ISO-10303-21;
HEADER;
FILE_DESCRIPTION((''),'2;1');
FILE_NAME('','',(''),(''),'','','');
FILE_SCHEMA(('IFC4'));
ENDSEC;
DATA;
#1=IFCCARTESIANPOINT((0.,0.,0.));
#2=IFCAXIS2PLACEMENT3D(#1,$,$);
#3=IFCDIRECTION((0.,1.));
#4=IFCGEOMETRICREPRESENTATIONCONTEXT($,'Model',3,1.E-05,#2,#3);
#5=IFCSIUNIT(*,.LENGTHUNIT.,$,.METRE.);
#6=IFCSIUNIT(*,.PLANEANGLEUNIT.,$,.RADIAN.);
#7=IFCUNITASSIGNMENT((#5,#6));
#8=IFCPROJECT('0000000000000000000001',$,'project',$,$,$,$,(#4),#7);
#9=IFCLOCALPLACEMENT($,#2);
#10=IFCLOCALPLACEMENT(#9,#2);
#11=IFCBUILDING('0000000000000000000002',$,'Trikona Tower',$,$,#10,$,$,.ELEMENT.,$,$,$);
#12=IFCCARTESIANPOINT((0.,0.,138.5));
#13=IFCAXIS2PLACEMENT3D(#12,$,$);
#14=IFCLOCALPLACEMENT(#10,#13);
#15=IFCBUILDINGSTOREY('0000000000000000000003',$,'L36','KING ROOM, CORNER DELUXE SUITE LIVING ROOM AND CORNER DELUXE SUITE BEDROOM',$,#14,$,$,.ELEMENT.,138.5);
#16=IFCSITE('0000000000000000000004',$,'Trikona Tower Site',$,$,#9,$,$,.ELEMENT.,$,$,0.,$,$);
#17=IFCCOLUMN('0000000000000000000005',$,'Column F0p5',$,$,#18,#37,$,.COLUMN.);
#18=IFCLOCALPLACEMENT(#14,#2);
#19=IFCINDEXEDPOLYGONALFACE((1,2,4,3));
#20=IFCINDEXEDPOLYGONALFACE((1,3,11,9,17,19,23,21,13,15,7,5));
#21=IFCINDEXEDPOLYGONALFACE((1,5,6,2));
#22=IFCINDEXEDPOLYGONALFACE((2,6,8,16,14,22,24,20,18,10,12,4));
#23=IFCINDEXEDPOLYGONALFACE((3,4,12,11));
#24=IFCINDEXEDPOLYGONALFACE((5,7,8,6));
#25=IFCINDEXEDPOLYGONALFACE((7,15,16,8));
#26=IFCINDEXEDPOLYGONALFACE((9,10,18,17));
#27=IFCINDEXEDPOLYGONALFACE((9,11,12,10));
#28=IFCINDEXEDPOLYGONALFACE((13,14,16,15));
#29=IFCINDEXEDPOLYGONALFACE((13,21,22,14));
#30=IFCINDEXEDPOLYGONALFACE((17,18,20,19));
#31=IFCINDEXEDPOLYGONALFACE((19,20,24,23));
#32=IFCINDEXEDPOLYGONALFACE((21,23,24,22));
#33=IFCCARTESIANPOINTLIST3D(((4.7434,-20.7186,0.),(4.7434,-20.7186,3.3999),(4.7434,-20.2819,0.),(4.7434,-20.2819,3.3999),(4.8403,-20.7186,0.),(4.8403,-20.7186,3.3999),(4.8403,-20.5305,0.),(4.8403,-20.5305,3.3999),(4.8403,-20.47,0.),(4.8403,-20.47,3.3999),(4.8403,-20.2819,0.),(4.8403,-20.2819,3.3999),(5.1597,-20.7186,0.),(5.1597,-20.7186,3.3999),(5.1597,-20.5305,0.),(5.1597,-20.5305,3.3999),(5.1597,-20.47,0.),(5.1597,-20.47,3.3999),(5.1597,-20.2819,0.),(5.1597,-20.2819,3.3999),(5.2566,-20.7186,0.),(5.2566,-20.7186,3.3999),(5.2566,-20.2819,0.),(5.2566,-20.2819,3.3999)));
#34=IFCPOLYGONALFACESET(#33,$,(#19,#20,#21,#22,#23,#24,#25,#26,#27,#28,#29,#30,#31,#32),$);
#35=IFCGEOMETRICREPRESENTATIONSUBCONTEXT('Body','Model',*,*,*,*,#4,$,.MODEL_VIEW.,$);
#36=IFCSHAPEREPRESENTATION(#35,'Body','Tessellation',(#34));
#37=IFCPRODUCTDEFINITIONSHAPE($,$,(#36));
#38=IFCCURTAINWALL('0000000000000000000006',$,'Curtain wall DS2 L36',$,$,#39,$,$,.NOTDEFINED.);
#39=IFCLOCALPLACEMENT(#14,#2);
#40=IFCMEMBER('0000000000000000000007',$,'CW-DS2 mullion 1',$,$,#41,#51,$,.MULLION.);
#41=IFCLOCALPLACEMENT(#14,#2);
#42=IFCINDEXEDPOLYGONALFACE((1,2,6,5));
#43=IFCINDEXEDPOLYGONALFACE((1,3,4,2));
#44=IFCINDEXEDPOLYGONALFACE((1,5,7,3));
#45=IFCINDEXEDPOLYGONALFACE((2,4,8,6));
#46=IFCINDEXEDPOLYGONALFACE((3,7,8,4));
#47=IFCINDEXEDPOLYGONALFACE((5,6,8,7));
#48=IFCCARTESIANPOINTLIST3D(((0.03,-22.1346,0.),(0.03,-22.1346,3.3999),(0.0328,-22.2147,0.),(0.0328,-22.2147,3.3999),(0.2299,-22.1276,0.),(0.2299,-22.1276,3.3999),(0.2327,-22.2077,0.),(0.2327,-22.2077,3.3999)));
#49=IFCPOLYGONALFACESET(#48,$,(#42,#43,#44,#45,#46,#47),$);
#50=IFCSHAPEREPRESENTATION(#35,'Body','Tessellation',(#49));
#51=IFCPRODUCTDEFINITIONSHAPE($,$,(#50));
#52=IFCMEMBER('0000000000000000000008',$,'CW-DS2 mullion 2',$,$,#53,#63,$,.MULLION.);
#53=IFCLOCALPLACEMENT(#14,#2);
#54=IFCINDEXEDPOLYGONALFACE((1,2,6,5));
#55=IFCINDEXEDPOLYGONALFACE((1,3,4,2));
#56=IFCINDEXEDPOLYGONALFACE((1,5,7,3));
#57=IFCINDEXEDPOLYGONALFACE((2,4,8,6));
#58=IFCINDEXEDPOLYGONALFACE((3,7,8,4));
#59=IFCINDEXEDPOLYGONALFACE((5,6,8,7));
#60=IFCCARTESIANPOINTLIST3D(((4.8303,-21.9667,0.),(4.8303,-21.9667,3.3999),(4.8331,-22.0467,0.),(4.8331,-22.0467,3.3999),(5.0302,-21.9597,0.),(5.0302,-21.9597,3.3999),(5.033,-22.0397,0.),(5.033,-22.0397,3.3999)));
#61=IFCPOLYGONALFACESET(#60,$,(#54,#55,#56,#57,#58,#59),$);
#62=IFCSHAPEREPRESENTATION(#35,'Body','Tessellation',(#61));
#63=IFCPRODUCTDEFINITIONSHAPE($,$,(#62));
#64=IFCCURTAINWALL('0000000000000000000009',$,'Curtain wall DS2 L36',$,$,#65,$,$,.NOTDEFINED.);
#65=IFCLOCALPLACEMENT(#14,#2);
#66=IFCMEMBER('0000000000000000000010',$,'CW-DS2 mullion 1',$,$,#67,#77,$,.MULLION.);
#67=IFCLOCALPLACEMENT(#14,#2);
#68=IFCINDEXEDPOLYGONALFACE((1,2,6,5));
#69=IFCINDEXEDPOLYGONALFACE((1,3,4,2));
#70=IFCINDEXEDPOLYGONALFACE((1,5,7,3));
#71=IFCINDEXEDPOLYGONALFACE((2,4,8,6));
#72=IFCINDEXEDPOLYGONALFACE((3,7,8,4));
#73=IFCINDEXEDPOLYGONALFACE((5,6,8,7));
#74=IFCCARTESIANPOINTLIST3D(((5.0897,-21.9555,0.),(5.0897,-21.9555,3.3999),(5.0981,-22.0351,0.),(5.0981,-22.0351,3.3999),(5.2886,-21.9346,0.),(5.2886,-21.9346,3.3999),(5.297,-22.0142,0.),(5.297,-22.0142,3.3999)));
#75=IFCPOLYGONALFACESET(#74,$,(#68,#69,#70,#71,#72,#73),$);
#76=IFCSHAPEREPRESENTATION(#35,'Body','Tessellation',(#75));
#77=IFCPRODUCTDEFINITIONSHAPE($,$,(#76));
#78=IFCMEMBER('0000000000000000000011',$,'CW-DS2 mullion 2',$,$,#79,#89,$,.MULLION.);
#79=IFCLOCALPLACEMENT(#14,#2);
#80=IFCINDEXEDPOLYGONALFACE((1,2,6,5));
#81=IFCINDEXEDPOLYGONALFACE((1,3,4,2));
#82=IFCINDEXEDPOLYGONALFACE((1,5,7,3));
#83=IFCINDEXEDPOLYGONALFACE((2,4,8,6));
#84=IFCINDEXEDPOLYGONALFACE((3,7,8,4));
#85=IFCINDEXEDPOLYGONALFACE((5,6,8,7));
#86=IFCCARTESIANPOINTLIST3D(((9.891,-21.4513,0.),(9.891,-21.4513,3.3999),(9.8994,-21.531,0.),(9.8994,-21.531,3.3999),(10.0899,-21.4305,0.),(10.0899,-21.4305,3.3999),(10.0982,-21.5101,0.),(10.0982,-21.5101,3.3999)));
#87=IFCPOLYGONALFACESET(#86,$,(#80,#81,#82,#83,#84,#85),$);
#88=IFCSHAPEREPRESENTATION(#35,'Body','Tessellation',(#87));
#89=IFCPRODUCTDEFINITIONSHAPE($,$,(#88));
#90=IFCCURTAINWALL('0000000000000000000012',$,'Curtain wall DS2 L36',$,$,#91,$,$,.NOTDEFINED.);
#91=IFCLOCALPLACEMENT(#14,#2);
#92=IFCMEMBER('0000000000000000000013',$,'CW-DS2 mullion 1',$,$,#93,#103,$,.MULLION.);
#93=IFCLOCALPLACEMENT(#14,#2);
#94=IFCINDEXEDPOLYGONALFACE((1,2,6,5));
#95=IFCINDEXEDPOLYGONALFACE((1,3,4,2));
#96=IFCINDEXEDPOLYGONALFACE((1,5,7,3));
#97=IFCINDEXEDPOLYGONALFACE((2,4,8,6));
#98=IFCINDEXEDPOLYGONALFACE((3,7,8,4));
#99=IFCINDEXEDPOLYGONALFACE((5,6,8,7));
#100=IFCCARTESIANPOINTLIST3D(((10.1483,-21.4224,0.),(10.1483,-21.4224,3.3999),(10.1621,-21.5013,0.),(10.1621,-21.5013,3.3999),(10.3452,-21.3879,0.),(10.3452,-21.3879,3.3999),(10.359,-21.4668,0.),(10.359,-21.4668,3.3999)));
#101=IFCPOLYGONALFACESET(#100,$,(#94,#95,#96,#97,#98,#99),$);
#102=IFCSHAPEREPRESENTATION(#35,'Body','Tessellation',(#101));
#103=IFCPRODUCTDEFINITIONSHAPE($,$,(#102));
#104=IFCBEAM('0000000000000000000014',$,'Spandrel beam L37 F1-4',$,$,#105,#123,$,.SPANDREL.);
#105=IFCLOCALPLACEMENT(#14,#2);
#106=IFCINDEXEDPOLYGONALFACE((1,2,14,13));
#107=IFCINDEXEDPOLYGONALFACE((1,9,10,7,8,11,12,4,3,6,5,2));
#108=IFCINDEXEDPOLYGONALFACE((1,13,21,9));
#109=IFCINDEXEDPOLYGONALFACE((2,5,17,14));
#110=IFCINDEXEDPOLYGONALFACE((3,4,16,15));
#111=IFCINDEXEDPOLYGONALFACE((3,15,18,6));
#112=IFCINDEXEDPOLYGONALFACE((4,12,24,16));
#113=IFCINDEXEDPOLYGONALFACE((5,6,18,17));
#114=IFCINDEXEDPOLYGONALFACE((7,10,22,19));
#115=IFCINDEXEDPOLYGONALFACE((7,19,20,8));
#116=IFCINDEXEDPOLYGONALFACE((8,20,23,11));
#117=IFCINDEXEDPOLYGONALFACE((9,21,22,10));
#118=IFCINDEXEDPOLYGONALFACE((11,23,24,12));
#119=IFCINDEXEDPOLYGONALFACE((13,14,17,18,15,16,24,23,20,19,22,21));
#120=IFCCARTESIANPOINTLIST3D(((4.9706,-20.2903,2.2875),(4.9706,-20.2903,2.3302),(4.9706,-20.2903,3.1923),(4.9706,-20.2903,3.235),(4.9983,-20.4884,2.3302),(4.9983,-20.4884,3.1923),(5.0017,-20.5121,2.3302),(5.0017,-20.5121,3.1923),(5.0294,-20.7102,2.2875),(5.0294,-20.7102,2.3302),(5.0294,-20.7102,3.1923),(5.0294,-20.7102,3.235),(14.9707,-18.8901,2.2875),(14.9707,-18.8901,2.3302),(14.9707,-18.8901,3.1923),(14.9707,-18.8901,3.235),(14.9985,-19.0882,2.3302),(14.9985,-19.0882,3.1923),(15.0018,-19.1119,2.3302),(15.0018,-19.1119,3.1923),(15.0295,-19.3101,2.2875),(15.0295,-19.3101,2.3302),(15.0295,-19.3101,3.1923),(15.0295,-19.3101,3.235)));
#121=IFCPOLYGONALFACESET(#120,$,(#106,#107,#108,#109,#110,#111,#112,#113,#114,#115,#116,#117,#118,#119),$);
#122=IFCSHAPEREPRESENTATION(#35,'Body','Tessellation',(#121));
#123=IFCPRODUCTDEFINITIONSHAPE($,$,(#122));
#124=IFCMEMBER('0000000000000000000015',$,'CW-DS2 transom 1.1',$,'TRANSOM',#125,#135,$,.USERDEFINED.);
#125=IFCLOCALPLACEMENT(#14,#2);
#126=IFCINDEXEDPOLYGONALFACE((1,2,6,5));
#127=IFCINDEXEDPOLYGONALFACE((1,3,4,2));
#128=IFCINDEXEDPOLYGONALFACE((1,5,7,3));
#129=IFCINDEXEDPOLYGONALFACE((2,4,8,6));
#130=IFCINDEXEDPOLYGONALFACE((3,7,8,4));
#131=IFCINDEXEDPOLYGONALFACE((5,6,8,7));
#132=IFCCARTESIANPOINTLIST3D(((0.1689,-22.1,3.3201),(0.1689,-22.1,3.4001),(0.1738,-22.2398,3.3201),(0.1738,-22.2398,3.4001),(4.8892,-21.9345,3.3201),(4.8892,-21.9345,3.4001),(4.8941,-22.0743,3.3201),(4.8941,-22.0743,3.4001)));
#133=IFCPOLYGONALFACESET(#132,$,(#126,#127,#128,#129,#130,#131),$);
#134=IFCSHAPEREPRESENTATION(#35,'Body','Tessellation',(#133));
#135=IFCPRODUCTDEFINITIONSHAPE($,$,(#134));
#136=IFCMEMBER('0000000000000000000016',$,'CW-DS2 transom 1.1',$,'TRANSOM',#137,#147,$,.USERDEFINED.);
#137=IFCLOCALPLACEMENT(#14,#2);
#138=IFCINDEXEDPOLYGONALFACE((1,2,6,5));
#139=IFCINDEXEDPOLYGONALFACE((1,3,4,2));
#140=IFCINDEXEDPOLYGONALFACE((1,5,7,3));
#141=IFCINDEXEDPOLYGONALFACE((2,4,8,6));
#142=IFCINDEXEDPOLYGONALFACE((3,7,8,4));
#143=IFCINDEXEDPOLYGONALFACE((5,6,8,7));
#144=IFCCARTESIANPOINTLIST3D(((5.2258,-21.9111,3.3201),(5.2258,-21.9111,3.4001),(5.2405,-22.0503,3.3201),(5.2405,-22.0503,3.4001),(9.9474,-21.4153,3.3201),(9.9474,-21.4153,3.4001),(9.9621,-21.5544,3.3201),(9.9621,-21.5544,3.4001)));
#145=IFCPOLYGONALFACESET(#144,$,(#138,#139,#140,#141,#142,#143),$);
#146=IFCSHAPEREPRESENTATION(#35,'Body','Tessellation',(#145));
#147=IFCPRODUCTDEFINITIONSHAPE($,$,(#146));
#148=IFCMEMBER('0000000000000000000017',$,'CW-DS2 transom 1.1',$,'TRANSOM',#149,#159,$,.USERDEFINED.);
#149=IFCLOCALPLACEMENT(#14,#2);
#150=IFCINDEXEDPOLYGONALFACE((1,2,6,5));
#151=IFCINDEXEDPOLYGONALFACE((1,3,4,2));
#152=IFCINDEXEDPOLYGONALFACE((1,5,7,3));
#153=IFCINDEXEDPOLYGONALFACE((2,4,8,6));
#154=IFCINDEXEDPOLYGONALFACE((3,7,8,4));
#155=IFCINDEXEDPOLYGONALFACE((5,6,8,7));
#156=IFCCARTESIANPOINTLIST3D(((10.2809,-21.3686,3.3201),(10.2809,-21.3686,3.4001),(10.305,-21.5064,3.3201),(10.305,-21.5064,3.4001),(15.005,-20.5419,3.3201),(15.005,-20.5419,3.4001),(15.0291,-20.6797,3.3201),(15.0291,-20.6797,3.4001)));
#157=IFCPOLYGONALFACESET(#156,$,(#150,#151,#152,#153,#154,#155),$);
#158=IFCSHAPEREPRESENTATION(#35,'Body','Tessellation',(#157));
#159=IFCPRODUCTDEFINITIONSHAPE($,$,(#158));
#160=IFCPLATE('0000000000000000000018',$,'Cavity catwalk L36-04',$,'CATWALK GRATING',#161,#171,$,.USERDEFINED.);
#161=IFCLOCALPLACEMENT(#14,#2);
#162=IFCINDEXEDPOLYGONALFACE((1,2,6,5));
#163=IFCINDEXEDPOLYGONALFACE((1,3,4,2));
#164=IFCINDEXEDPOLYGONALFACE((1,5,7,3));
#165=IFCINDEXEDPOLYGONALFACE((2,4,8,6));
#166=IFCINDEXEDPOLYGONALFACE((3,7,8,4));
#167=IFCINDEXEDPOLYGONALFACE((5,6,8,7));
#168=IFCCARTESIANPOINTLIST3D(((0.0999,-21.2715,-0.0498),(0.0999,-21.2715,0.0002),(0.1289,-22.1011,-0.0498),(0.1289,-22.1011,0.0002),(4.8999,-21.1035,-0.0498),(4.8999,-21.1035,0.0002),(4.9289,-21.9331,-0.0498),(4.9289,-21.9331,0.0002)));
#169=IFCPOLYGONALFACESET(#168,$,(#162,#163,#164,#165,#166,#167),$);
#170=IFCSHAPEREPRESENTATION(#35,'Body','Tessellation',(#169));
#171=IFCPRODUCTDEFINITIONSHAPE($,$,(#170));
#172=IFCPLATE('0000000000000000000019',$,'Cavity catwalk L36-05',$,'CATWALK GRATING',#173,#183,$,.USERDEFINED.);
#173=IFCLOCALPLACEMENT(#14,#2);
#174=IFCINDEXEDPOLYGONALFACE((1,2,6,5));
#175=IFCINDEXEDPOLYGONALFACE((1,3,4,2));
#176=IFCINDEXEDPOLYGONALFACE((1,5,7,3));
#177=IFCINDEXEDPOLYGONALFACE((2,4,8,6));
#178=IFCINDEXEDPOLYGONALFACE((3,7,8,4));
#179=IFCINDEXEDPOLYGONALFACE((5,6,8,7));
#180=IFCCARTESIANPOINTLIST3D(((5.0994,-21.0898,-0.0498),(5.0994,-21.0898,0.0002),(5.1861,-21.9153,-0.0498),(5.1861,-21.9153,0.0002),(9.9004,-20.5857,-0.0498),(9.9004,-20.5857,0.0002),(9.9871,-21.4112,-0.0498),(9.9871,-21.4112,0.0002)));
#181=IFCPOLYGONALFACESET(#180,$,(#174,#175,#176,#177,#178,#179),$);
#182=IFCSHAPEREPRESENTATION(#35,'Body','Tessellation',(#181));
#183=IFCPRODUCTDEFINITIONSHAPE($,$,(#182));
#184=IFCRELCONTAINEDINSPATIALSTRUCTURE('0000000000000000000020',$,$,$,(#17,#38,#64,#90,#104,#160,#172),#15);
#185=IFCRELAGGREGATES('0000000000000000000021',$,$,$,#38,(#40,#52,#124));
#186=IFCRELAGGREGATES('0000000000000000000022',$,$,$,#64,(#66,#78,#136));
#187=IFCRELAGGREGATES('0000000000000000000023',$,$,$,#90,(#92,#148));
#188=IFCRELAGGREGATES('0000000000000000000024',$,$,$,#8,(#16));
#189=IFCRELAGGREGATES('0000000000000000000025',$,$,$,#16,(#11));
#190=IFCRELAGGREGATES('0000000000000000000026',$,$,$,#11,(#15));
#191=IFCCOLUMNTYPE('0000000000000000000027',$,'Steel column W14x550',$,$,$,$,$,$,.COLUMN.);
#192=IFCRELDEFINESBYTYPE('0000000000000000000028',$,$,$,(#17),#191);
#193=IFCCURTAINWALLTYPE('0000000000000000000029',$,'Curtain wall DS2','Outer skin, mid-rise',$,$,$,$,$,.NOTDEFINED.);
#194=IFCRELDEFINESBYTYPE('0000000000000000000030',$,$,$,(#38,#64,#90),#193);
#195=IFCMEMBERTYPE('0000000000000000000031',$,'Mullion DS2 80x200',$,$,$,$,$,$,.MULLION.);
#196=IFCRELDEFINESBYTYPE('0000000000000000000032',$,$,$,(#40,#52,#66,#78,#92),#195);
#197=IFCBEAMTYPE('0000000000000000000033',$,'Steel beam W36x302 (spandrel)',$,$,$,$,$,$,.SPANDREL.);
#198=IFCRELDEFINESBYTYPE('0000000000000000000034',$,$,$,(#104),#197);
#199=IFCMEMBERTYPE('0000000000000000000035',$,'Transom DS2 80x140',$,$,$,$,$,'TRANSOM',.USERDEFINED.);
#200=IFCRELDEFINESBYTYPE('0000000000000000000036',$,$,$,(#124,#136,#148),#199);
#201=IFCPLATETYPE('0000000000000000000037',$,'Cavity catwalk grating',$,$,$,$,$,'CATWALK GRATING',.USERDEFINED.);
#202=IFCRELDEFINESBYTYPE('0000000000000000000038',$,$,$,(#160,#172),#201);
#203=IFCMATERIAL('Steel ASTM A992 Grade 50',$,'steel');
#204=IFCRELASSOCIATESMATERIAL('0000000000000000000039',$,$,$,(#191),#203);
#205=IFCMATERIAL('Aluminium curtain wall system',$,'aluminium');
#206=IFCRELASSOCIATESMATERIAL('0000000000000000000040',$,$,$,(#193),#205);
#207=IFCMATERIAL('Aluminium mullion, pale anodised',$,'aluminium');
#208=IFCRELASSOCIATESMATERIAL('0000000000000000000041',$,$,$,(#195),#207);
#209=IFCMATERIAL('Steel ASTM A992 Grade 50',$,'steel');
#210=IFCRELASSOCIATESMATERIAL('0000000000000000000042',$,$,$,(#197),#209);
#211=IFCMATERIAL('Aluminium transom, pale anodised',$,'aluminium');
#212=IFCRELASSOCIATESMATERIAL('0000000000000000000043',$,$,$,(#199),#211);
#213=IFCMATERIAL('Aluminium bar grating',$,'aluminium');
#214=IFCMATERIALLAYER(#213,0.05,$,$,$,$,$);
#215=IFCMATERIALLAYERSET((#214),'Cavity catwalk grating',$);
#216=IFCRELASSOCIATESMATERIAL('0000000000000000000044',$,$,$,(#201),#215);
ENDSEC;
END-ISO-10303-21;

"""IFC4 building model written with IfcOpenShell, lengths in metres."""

from ifc_helpers import new_model, si_unit, direction, frame, origin, origin_2d, place, context, subcontext, project, spatial, rectangle, i_section, extrude, material, layer, layer_set, material_profile, profile_set, type_object, element, aggregate, save


model = new_model("IFC4")

# Units and contexts
model_context = context("Model", 3, precision=1e-05, world=origin(), true_north=direction((0.0, 1.0)))
body_context = subcontext(model_context, "Body", "Model", "MODEL_VIEW")
ifc_project = project(units=[si_unit("LENGTHUNIT", "METRE"), si_unit("PLANEANGLEUNIT", "RADIAN")], contexts=[model_context])

# Site, building, storey
site_placement = place(None, origin())
site = spatial("IfcSite", under=ifc_project, at=site_placement, Name="Trikona Tower Site", CompositionType="ELEMENT", RefElevation=0.0)
building_placement = place(site_placement, origin())
building = spatial("IfcBuilding", under=site, at=building_placement, Name="Trikona Tower", CompositionType="ELEMENT")
storey_placement = place(building_placement, frame((0.0, 0.0, 138.5)))
storey = spatial("IfcBuildingStorey", under=building, at=storey_placement, Name="L36", Description="KING ROOM, CORNER DELUXE SUITE LIVING ROOM AND CORNER DELUXE SUITE BEDROOM", CompositionType="ELEMENT", Elevation=138.5)

# Column
ifc_material_1 = material(Name="Steel ASTM A992 Grade 50", Category="steel")
ifc_material_profile_1 = material_profile(ifc_material_1, i_section(OverallWidth=0.4368, OverallDepth=0.5132, WebThickness=0.0605, FlangeThickness=0.0969, at=origin_2d()), Name="W14X550")
ifc_profile_set_1 = profile_set([ifc_material_profile_1], Name="Steel ASTM A992 Grade 50")
column_type = type_object("IfcColumnType", Name="Steel column W14x550", PredefinedType="COLUMN", material=ifc_profile_set_1)
column_placement = place(storey_placement, frame((5.0, -20.5002, 0.0), z_axis=(0.0, 0.0, 1.0), x_axis=(0.0, -1.0, 0.0)))
element("IfcColumn", 1, at=column_placement, inside=storey, type_object=column_type, Name="Column F0p5", PredefinedType="COLUMN", context=body_context, shape_type="SweptSolid", body=[
    extrude(i_section(OverallWidth=0.4368, OverallDepth=0.5132, WebThickness=0.0605, FlangeThickness=0.0969, at=origin_2d()), origin(), (0.0, 0.0, 1.0), 3.3999),
])

# Curtain walls, members
ifc_material_2 = material(Name="Aluminium curtain wall system", Category="aluminium")
curtain_wall_type = type_object("IfcCurtainWallType", Name="Curtain wall DS2", Description="Outer skin, mid-rise", PredefinedType="NOTDEFINED", material=ifc_material_2)
curtain_wall_1_placement = place(storey_placement, origin())
curtain_wall_1 = element("IfcCurtainWall", 2, at=curtain_wall_1_placement, inside=storey, type_object=curtain_wall_type, Name="Curtain wall DS2 L36", PredefinedType="NOTDEFINED")
ifc_material_3 = material(Name="Aluminium mullion, pale anodised", Category="aluminium")
ifc_material_profile_2 = material_profile(ifc_material_3, rectangle(XDim=0.0801, YDim=0.2, at=origin_2d()), Name="MUL-DS2")
ifc_profile_set_2 = profile_set([ifc_material_profile_2], Name="Aluminium mullion, pale anodised")
member_type_1 = type_object("IfcMemberType", Name="Mullion DS2 80x200", PredefinedType="MULLION", material=ifc_profile_set_2)
member_1_placement = place(storey_placement, frame((0.1313, -22.1711, 0.0), z_axis=(0.0, 0.0, 1.0), x_axis=(-0.034998, 0.999387, 0.0)))
member_1 = element("IfcMember", 3, at=member_1_placement, type_object=member_type_1, Name="CW-DS2 mullion 1", PredefinedType="MULLION", context=body_context, shape_type="SweptSolid", body=[
    extrude(rectangle(XDim=0.0801, YDim=0.2, at=origin_2d()), origin(), (0.0, 0.0, 1.0), 3.3999),
])
member_2_placement = place(storey_placement, frame((4.9316, -22.0032, 0.0), z_axis=(0.0, 0.0, 1.0), x_axis=(-0.034998, 0.999387, 0.0)))
member_2 = element("IfcMember", 4, at=member_2_placement, type_object=member_type_1, Name="CW-DS2 mullion 2", PredefinedType="MULLION", context=body_context, shape_type="SweptSolid", body=[
    extrude(rectangle(XDim=0.0801, YDim=0.2, at=origin_2d()), origin(), (0.0, 0.0, 1.0), 3.3999),
])
curtain_wall_2_placement = place(storey_placement, origin())
curtain_wall_2 = element("IfcCurtainWall", 5, at=curtain_wall_2_placement, inside=storey, type_object=curtain_wall_type, Name="Curtain wall DS2 L36", PredefinedType="NOTDEFINED")
member_3_placement = place(storey_placement, frame((5.1934, -21.9849, 0.0), z_axis=(0.0, 0.0, 1.0), x_axis=(-0.104433, 0.994532, 0.0)))
member_3 = element("IfcMember", 6, at=member_3_placement, type_object=member_type_1, Name="CW-DS2 mullion 1", PredefinedType="MULLION", context=body_context, shape_type="SweptSolid", body=[
    extrude(rectangle(XDim=0.0801, YDim=0.2, at=origin_2d()), origin(), (0.0, 0.0, 1.0), 3.3999),
])
member_4_placement = place(storey_placement, frame((9.9946, -21.4807, 0.0), z_axis=(0.0, 0.0, 1.0), x_axis=(-0.104433, 0.994532, 0.0)))
member_4 = element("IfcMember", 7, at=member_4_placement, type_object=member_type_1, Name="CW-DS2 mullion 2", PredefinedType="MULLION", context=body_context, shape_type="SweptSolid", body=[
    extrude(rectangle(XDim=0.0801, YDim=0.2, at=origin_2d()), origin(), (0.0, 0.0, 1.0), 3.3999),
])

# Curtain wall, member
curtain_wall_3_placement = place(storey_placement, origin())
curtain_wall_3 = element("IfcCurtainWall", 8, at=curtain_wall_3_placement, inside=storey, type_object=curtain_wall_type, Name="Curtain wall DS2 L36", PredefinedType="NOTDEFINED")
member_5_placement = place(storey_placement, frame((10.2537, -21.4446, 0.0), z_axis=(0.0, 0.0, 1.0), x_axis=(-0.172377, 0.985031, 0.0)))
member_5 = element("IfcMember", 9, at=member_5_placement, type_object=member_type_1, Name="CW-DS2 mullion 1", PredefinedType="MULLION", context=body_context, shape_type="SweptSolid", body=[
    extrude(rectangle(XDim=0.0801, YDim=0.2, at=origin_2d()), origin(), (0.0, 0.0, 1.0), 3.3999),
])

# Beam
ifc_material_4 = material(Name="Steel ASTM A992 Grade 50", Category="steel")
ifc_material_profile_3 = material_profile(ifc_material_4, i_section(OverallWidth=0.4241, OverallDepth=0.9475, WebThickness=0.0239, FlangeThickness=0.0427, at=origin_2d()), Name="W36X302")
ifc_profile_set_3 = profile_set([ifc_material_profile_3], Name="Steel ASTM A992 Grade 50")
beam_type = type_object("IfcBeamType", Name="Steel beam W36x302 (spandrel)", PredefinedType="SPANDREL", material=ifc_profile_set_3)
beam_placement = place(storey_placement, frame((5.0, -20.5002, 2.7612), z_axis=(0.99034, 0.138662, 0.0), x_axis=(-0.138662, 0.99034, 0.0)))
element("IfcBeam", 10, at=beam_placement, inside=storey, type_object=beam_type, Name="Spandrel beam L37 F1-4", PredefinedType="SPANDREL", context=body_context, shape_type="SweptSolid", body=[
    extrude(i_section(OverallWidth=0.4241, OverallDepth=0.9475, WebThickness=0.0239, FlangeThickness=0.0427, at=origin_2d()), origin(), (0.0, 0.0, 1.0), 10.0977),
])

# Members
ifc_material_5 = material(Name="Aluminium transom, pale anodised", Category="aluminium")
ifc_material_profile_4 = material_profile(ifc_material_5, rectangle(XDim=0.1399, YDim=0.0801, at=origin_2d()), Name="TRN-DS2")
ifc_profile_set_4 = profile_set([ifc_material_profile_4], Name="Aluminium transom, pale anodised")
member_type_2 = type_object("IfcMemberType", Name="Transom DS2 80x140", ElementType="TRANSOM", PredefinedType="USERDEFINED", material=ifc_profile_set_4)
member_6_placement = place(storey_placement, frame((0.1714, -22.1699, 3.3601), z_axis=(0.999386, 0.035046, 0.0), x_axis=(-0.035046, 0.999386, 0.0)))
member_6 = element("IfcMember", 11, at=member_6_placement, type_object=member_type_2, Name="CW-DS2 transom 1.1", ObjectType="TRANSOM", PredefinedType="USERDEFINED", context=body_context, shape_type="SweptSolid", body=[
    extrude(rectangle(XDim=0.1399, YDim=0.0801, at=origin_2d()), origin(), (0.0, 0.0, 1.0), 4.7231),
])
member_7_placement = place(storey_placement, frame((5.2332, -21.9807, 3.3601), z_axis=(0.994531, 0.104441, 0.0), x_axis=(-0.104441, 0.994531, 0.0)))
member_7 = element("IfcMember", 12, at=member_7_placement, type_object=member_type_2, Name="CW-DS2 transom 1.1", ObjectType="TRANSOM", PredefinedType="USERDEFINED", context=body_context, shape_type="SweptSolid", body=[
    extrude(rectangle(XDim=0.1399, YDim=0.0801, at=origin_2d()), origin(), (0.0, 0.0, 1.0), 4.7476),
])
member_8_placement = place(storey_placement, frame((10.293, -21.4375, 3.3601), z_axis=(0.985033, 0.172368, 0.0), x_axis=(-0.172368, 0.985033, 0.0)))
member_8 = element("IfcMember", 13, at=member_8_placement, type_object=member_type_2, Name="CW-DS2 transom 1.1", ObjectType="TRANSOM", PredefinedType="USERDEFINED", context=body_context, shape_type="SweptSolid", body=[
    extrude(rectangle(XDim=0.1399, YDim=0.0801, at=origin_2d()), origin(), (0.0, 0.0, 1.0), 4.7959),
])

# Plates
ifc_material_6 = material(Name="Aluminium bar grating", Category="aluminium")
ifc_layer_1 = layer(ifc_material_6, 0.05)
ifc_layer_set_1 = layer_set([ifc_layer_1], Name="Cavity catwalk grating")
plate_type_1 = type_object("IfcPlateType", Name="Cavity catwalk grating", ElementType="CATWALK GRATING", PredefinedType="USERDEFINED", material=ifc_layer_set_1)
plate_1_placement = place(storey_placement, frame((2.5144, -21.6023, -0.0498), z_axis=(0.0, 0.0, 1.0), x_axis=(0.999388, 0.034978, 0.0)))
element("IfcPlate", 14, at=plate_1_placement, inside=storey, type_object=plate_type_1, Name="Cavity catwalk L36-04", ObjectType="CATWALK GRATING", PredefinedType="USERDEFINED", context=body_context, shape_type="SweptSolid", body=[
    extrude(rectangle(XDim=4.803, YDim=0.8301, at=origin_2d()), origin(), (0.0, 0.0, 1.0), 0.05),
])
plate_2_placement = place(storey_placement, frame((7.5432, -21.2505, -0.0498), z_axis=(0.0, 0.0, 1.0), x_axis=(0.994533, 0.104426, 0.0)))
element("IfcPlate", 15, at=plate_2_placement, inside=storey, type_object=plate_type_1, Name="Cavity catwalk L36-05", ObjectType="CATWALK GRATING", PredefinedType="USERDEFINED", context=body_context, shape_type="SweptSolid", body=[
    extrude(rectangle(XDim=4.8274, YDim=0.8301, at=origin_2d()), origin(), (0.0, 0.0, 1.0), 0.05),
])

aggregate(curtain_wall_1, [member_1, member_2, member_6])
aggregate(curtain_wall_2, [member_3, member_4, member_7])
aggregate(curtain_wall_3, [member_5, member_8])

save(model, "model.ifc")
